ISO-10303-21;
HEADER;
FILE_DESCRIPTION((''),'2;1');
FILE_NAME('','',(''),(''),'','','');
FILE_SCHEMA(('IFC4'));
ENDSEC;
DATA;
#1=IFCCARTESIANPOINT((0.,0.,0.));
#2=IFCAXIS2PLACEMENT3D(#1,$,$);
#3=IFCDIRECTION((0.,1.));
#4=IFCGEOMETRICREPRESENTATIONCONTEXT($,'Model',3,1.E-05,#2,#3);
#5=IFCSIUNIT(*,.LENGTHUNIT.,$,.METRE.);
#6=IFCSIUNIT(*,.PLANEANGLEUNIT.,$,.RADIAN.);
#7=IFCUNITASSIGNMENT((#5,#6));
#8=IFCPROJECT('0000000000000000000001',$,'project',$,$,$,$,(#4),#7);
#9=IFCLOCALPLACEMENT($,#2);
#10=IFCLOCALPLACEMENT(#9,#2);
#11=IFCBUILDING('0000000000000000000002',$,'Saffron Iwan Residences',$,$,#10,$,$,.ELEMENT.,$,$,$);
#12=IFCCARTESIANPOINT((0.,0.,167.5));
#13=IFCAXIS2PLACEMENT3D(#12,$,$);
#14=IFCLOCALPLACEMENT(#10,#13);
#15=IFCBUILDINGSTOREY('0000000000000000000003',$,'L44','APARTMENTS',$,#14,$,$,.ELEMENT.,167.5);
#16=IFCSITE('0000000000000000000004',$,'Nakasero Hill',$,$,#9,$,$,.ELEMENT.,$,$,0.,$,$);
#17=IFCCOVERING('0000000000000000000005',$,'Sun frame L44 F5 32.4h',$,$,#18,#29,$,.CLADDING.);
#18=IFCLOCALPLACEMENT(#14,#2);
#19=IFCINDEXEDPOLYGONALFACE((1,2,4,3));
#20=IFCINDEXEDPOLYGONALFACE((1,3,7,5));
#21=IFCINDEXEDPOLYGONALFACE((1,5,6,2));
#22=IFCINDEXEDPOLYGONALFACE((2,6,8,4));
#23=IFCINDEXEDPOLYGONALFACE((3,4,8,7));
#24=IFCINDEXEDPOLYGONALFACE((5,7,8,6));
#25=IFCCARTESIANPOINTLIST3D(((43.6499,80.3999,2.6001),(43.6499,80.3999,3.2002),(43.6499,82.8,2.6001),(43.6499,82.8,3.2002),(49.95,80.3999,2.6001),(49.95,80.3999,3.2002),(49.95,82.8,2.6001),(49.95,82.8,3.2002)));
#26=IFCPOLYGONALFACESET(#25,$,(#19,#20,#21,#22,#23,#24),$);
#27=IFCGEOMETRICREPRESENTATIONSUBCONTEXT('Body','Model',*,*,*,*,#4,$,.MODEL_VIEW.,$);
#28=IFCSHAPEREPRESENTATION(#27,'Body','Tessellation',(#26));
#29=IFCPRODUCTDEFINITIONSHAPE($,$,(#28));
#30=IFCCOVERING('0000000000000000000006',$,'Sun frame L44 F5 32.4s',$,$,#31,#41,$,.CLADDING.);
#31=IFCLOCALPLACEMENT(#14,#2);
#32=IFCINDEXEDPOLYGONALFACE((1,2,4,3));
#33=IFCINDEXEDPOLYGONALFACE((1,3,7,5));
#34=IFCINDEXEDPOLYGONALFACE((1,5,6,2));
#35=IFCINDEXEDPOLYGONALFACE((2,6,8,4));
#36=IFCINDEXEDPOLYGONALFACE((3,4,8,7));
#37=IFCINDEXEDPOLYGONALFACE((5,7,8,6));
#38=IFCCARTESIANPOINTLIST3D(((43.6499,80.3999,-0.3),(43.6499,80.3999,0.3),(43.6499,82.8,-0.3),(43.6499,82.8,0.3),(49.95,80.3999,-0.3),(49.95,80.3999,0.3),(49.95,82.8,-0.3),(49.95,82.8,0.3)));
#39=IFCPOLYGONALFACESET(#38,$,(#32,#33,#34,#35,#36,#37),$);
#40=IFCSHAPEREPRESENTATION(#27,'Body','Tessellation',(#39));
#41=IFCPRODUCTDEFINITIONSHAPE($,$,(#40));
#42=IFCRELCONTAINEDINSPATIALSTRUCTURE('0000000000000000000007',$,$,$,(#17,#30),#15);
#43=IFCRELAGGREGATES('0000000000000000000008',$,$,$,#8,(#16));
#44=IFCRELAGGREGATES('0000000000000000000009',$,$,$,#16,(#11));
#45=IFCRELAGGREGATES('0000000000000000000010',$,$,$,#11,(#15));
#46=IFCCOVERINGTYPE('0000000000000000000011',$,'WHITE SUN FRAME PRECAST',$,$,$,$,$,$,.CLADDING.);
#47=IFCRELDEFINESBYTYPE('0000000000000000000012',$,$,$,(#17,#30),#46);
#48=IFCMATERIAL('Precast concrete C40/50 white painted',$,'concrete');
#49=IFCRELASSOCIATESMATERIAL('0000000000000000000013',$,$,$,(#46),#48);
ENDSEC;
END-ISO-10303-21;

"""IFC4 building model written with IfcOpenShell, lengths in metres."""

from ifc_helpers import new_model, si_unit, direction, frame, origin, place, context, subcontext, project, spatial, polyline, outline, extrude, material, type_object, element, save


model = new_model("IFC4")

# Units and contexts
model_context = context("Model", 3, precision=1e-05, world=origin(), true_north=direction((0.0, 1.0)))
body_context = subcontext(model_context, "Body", "Model", "MODEL_VIEW")
ifc_project = project(units=[si_unit("LENGTHUNIT", "METRE"), si_unit("PLANEANGLEUNIT", "RADIAN")], contexts=[model_context])

# Site, building, storey
site_placement = place(None, origin())
site = spatial("IfcSite", under=ifc_project, at=site_placement, Name="Nakasero Hill", CompositionType="ELEMENT", RefElevation=0.0)
building_placement = place(site_placement, origin())
building = spatial("IfcBuilding", under=site, at=building_placement, Name="Saffron Iwan Residences", CompositionType="ELEMENT")
storey_placement = place(building_placement, frame((0.0, 0.0, 167.5)))
storey = spatial("IfcBuildingStorey", under=building, at=storey_placement, Name="L44", Description="APARTMENTS", CompositionType="ELEMENT", Elevation=167.5)

# Coverings
ifc_material_1 = material(Name="Precast concrete C40/50 white painted", Category="concrete")
covering_type_1 = type_object("IfcCoveringType", Name="WHITE SUN FRAME PRECAST", PredefinedType="CLADDING", material=ifc_material_1)
for number, where, z_axis, x_axis, name in (
    (1, (49.95, 80.3999, 2.6001), (0.0, 1.0, 0.0), (-1.0, 0.0, 0.0), "Sun frame L44 F5 32.4h"),
    (2, (49.95, 80.3999, -0.3), (0.0, 1.0, 0.0), (-1.0, 0.0, 0.0), "Sun frame L44 F5 32.4s"),
):
    element("IfcCovering", number, at=place(storey_placement, frame(where, z_axis=z_axis, x_axis=x_axis)), inside=storey, type_object=covering_type_1, Name=name, PredefinedType="CLADDING", context=body_context, shape_type="SweptSolid", body=[
        extrude(outline(polyline([(0.0, 0.0), (6.3, 0.0), (6.3, 0.6001), (0.0, 0.6001), (0.0, 0.0)])), origin(), (0.0, 0.0, 1.0), 2.4001),
    ])

save(model, "model.ifc")
